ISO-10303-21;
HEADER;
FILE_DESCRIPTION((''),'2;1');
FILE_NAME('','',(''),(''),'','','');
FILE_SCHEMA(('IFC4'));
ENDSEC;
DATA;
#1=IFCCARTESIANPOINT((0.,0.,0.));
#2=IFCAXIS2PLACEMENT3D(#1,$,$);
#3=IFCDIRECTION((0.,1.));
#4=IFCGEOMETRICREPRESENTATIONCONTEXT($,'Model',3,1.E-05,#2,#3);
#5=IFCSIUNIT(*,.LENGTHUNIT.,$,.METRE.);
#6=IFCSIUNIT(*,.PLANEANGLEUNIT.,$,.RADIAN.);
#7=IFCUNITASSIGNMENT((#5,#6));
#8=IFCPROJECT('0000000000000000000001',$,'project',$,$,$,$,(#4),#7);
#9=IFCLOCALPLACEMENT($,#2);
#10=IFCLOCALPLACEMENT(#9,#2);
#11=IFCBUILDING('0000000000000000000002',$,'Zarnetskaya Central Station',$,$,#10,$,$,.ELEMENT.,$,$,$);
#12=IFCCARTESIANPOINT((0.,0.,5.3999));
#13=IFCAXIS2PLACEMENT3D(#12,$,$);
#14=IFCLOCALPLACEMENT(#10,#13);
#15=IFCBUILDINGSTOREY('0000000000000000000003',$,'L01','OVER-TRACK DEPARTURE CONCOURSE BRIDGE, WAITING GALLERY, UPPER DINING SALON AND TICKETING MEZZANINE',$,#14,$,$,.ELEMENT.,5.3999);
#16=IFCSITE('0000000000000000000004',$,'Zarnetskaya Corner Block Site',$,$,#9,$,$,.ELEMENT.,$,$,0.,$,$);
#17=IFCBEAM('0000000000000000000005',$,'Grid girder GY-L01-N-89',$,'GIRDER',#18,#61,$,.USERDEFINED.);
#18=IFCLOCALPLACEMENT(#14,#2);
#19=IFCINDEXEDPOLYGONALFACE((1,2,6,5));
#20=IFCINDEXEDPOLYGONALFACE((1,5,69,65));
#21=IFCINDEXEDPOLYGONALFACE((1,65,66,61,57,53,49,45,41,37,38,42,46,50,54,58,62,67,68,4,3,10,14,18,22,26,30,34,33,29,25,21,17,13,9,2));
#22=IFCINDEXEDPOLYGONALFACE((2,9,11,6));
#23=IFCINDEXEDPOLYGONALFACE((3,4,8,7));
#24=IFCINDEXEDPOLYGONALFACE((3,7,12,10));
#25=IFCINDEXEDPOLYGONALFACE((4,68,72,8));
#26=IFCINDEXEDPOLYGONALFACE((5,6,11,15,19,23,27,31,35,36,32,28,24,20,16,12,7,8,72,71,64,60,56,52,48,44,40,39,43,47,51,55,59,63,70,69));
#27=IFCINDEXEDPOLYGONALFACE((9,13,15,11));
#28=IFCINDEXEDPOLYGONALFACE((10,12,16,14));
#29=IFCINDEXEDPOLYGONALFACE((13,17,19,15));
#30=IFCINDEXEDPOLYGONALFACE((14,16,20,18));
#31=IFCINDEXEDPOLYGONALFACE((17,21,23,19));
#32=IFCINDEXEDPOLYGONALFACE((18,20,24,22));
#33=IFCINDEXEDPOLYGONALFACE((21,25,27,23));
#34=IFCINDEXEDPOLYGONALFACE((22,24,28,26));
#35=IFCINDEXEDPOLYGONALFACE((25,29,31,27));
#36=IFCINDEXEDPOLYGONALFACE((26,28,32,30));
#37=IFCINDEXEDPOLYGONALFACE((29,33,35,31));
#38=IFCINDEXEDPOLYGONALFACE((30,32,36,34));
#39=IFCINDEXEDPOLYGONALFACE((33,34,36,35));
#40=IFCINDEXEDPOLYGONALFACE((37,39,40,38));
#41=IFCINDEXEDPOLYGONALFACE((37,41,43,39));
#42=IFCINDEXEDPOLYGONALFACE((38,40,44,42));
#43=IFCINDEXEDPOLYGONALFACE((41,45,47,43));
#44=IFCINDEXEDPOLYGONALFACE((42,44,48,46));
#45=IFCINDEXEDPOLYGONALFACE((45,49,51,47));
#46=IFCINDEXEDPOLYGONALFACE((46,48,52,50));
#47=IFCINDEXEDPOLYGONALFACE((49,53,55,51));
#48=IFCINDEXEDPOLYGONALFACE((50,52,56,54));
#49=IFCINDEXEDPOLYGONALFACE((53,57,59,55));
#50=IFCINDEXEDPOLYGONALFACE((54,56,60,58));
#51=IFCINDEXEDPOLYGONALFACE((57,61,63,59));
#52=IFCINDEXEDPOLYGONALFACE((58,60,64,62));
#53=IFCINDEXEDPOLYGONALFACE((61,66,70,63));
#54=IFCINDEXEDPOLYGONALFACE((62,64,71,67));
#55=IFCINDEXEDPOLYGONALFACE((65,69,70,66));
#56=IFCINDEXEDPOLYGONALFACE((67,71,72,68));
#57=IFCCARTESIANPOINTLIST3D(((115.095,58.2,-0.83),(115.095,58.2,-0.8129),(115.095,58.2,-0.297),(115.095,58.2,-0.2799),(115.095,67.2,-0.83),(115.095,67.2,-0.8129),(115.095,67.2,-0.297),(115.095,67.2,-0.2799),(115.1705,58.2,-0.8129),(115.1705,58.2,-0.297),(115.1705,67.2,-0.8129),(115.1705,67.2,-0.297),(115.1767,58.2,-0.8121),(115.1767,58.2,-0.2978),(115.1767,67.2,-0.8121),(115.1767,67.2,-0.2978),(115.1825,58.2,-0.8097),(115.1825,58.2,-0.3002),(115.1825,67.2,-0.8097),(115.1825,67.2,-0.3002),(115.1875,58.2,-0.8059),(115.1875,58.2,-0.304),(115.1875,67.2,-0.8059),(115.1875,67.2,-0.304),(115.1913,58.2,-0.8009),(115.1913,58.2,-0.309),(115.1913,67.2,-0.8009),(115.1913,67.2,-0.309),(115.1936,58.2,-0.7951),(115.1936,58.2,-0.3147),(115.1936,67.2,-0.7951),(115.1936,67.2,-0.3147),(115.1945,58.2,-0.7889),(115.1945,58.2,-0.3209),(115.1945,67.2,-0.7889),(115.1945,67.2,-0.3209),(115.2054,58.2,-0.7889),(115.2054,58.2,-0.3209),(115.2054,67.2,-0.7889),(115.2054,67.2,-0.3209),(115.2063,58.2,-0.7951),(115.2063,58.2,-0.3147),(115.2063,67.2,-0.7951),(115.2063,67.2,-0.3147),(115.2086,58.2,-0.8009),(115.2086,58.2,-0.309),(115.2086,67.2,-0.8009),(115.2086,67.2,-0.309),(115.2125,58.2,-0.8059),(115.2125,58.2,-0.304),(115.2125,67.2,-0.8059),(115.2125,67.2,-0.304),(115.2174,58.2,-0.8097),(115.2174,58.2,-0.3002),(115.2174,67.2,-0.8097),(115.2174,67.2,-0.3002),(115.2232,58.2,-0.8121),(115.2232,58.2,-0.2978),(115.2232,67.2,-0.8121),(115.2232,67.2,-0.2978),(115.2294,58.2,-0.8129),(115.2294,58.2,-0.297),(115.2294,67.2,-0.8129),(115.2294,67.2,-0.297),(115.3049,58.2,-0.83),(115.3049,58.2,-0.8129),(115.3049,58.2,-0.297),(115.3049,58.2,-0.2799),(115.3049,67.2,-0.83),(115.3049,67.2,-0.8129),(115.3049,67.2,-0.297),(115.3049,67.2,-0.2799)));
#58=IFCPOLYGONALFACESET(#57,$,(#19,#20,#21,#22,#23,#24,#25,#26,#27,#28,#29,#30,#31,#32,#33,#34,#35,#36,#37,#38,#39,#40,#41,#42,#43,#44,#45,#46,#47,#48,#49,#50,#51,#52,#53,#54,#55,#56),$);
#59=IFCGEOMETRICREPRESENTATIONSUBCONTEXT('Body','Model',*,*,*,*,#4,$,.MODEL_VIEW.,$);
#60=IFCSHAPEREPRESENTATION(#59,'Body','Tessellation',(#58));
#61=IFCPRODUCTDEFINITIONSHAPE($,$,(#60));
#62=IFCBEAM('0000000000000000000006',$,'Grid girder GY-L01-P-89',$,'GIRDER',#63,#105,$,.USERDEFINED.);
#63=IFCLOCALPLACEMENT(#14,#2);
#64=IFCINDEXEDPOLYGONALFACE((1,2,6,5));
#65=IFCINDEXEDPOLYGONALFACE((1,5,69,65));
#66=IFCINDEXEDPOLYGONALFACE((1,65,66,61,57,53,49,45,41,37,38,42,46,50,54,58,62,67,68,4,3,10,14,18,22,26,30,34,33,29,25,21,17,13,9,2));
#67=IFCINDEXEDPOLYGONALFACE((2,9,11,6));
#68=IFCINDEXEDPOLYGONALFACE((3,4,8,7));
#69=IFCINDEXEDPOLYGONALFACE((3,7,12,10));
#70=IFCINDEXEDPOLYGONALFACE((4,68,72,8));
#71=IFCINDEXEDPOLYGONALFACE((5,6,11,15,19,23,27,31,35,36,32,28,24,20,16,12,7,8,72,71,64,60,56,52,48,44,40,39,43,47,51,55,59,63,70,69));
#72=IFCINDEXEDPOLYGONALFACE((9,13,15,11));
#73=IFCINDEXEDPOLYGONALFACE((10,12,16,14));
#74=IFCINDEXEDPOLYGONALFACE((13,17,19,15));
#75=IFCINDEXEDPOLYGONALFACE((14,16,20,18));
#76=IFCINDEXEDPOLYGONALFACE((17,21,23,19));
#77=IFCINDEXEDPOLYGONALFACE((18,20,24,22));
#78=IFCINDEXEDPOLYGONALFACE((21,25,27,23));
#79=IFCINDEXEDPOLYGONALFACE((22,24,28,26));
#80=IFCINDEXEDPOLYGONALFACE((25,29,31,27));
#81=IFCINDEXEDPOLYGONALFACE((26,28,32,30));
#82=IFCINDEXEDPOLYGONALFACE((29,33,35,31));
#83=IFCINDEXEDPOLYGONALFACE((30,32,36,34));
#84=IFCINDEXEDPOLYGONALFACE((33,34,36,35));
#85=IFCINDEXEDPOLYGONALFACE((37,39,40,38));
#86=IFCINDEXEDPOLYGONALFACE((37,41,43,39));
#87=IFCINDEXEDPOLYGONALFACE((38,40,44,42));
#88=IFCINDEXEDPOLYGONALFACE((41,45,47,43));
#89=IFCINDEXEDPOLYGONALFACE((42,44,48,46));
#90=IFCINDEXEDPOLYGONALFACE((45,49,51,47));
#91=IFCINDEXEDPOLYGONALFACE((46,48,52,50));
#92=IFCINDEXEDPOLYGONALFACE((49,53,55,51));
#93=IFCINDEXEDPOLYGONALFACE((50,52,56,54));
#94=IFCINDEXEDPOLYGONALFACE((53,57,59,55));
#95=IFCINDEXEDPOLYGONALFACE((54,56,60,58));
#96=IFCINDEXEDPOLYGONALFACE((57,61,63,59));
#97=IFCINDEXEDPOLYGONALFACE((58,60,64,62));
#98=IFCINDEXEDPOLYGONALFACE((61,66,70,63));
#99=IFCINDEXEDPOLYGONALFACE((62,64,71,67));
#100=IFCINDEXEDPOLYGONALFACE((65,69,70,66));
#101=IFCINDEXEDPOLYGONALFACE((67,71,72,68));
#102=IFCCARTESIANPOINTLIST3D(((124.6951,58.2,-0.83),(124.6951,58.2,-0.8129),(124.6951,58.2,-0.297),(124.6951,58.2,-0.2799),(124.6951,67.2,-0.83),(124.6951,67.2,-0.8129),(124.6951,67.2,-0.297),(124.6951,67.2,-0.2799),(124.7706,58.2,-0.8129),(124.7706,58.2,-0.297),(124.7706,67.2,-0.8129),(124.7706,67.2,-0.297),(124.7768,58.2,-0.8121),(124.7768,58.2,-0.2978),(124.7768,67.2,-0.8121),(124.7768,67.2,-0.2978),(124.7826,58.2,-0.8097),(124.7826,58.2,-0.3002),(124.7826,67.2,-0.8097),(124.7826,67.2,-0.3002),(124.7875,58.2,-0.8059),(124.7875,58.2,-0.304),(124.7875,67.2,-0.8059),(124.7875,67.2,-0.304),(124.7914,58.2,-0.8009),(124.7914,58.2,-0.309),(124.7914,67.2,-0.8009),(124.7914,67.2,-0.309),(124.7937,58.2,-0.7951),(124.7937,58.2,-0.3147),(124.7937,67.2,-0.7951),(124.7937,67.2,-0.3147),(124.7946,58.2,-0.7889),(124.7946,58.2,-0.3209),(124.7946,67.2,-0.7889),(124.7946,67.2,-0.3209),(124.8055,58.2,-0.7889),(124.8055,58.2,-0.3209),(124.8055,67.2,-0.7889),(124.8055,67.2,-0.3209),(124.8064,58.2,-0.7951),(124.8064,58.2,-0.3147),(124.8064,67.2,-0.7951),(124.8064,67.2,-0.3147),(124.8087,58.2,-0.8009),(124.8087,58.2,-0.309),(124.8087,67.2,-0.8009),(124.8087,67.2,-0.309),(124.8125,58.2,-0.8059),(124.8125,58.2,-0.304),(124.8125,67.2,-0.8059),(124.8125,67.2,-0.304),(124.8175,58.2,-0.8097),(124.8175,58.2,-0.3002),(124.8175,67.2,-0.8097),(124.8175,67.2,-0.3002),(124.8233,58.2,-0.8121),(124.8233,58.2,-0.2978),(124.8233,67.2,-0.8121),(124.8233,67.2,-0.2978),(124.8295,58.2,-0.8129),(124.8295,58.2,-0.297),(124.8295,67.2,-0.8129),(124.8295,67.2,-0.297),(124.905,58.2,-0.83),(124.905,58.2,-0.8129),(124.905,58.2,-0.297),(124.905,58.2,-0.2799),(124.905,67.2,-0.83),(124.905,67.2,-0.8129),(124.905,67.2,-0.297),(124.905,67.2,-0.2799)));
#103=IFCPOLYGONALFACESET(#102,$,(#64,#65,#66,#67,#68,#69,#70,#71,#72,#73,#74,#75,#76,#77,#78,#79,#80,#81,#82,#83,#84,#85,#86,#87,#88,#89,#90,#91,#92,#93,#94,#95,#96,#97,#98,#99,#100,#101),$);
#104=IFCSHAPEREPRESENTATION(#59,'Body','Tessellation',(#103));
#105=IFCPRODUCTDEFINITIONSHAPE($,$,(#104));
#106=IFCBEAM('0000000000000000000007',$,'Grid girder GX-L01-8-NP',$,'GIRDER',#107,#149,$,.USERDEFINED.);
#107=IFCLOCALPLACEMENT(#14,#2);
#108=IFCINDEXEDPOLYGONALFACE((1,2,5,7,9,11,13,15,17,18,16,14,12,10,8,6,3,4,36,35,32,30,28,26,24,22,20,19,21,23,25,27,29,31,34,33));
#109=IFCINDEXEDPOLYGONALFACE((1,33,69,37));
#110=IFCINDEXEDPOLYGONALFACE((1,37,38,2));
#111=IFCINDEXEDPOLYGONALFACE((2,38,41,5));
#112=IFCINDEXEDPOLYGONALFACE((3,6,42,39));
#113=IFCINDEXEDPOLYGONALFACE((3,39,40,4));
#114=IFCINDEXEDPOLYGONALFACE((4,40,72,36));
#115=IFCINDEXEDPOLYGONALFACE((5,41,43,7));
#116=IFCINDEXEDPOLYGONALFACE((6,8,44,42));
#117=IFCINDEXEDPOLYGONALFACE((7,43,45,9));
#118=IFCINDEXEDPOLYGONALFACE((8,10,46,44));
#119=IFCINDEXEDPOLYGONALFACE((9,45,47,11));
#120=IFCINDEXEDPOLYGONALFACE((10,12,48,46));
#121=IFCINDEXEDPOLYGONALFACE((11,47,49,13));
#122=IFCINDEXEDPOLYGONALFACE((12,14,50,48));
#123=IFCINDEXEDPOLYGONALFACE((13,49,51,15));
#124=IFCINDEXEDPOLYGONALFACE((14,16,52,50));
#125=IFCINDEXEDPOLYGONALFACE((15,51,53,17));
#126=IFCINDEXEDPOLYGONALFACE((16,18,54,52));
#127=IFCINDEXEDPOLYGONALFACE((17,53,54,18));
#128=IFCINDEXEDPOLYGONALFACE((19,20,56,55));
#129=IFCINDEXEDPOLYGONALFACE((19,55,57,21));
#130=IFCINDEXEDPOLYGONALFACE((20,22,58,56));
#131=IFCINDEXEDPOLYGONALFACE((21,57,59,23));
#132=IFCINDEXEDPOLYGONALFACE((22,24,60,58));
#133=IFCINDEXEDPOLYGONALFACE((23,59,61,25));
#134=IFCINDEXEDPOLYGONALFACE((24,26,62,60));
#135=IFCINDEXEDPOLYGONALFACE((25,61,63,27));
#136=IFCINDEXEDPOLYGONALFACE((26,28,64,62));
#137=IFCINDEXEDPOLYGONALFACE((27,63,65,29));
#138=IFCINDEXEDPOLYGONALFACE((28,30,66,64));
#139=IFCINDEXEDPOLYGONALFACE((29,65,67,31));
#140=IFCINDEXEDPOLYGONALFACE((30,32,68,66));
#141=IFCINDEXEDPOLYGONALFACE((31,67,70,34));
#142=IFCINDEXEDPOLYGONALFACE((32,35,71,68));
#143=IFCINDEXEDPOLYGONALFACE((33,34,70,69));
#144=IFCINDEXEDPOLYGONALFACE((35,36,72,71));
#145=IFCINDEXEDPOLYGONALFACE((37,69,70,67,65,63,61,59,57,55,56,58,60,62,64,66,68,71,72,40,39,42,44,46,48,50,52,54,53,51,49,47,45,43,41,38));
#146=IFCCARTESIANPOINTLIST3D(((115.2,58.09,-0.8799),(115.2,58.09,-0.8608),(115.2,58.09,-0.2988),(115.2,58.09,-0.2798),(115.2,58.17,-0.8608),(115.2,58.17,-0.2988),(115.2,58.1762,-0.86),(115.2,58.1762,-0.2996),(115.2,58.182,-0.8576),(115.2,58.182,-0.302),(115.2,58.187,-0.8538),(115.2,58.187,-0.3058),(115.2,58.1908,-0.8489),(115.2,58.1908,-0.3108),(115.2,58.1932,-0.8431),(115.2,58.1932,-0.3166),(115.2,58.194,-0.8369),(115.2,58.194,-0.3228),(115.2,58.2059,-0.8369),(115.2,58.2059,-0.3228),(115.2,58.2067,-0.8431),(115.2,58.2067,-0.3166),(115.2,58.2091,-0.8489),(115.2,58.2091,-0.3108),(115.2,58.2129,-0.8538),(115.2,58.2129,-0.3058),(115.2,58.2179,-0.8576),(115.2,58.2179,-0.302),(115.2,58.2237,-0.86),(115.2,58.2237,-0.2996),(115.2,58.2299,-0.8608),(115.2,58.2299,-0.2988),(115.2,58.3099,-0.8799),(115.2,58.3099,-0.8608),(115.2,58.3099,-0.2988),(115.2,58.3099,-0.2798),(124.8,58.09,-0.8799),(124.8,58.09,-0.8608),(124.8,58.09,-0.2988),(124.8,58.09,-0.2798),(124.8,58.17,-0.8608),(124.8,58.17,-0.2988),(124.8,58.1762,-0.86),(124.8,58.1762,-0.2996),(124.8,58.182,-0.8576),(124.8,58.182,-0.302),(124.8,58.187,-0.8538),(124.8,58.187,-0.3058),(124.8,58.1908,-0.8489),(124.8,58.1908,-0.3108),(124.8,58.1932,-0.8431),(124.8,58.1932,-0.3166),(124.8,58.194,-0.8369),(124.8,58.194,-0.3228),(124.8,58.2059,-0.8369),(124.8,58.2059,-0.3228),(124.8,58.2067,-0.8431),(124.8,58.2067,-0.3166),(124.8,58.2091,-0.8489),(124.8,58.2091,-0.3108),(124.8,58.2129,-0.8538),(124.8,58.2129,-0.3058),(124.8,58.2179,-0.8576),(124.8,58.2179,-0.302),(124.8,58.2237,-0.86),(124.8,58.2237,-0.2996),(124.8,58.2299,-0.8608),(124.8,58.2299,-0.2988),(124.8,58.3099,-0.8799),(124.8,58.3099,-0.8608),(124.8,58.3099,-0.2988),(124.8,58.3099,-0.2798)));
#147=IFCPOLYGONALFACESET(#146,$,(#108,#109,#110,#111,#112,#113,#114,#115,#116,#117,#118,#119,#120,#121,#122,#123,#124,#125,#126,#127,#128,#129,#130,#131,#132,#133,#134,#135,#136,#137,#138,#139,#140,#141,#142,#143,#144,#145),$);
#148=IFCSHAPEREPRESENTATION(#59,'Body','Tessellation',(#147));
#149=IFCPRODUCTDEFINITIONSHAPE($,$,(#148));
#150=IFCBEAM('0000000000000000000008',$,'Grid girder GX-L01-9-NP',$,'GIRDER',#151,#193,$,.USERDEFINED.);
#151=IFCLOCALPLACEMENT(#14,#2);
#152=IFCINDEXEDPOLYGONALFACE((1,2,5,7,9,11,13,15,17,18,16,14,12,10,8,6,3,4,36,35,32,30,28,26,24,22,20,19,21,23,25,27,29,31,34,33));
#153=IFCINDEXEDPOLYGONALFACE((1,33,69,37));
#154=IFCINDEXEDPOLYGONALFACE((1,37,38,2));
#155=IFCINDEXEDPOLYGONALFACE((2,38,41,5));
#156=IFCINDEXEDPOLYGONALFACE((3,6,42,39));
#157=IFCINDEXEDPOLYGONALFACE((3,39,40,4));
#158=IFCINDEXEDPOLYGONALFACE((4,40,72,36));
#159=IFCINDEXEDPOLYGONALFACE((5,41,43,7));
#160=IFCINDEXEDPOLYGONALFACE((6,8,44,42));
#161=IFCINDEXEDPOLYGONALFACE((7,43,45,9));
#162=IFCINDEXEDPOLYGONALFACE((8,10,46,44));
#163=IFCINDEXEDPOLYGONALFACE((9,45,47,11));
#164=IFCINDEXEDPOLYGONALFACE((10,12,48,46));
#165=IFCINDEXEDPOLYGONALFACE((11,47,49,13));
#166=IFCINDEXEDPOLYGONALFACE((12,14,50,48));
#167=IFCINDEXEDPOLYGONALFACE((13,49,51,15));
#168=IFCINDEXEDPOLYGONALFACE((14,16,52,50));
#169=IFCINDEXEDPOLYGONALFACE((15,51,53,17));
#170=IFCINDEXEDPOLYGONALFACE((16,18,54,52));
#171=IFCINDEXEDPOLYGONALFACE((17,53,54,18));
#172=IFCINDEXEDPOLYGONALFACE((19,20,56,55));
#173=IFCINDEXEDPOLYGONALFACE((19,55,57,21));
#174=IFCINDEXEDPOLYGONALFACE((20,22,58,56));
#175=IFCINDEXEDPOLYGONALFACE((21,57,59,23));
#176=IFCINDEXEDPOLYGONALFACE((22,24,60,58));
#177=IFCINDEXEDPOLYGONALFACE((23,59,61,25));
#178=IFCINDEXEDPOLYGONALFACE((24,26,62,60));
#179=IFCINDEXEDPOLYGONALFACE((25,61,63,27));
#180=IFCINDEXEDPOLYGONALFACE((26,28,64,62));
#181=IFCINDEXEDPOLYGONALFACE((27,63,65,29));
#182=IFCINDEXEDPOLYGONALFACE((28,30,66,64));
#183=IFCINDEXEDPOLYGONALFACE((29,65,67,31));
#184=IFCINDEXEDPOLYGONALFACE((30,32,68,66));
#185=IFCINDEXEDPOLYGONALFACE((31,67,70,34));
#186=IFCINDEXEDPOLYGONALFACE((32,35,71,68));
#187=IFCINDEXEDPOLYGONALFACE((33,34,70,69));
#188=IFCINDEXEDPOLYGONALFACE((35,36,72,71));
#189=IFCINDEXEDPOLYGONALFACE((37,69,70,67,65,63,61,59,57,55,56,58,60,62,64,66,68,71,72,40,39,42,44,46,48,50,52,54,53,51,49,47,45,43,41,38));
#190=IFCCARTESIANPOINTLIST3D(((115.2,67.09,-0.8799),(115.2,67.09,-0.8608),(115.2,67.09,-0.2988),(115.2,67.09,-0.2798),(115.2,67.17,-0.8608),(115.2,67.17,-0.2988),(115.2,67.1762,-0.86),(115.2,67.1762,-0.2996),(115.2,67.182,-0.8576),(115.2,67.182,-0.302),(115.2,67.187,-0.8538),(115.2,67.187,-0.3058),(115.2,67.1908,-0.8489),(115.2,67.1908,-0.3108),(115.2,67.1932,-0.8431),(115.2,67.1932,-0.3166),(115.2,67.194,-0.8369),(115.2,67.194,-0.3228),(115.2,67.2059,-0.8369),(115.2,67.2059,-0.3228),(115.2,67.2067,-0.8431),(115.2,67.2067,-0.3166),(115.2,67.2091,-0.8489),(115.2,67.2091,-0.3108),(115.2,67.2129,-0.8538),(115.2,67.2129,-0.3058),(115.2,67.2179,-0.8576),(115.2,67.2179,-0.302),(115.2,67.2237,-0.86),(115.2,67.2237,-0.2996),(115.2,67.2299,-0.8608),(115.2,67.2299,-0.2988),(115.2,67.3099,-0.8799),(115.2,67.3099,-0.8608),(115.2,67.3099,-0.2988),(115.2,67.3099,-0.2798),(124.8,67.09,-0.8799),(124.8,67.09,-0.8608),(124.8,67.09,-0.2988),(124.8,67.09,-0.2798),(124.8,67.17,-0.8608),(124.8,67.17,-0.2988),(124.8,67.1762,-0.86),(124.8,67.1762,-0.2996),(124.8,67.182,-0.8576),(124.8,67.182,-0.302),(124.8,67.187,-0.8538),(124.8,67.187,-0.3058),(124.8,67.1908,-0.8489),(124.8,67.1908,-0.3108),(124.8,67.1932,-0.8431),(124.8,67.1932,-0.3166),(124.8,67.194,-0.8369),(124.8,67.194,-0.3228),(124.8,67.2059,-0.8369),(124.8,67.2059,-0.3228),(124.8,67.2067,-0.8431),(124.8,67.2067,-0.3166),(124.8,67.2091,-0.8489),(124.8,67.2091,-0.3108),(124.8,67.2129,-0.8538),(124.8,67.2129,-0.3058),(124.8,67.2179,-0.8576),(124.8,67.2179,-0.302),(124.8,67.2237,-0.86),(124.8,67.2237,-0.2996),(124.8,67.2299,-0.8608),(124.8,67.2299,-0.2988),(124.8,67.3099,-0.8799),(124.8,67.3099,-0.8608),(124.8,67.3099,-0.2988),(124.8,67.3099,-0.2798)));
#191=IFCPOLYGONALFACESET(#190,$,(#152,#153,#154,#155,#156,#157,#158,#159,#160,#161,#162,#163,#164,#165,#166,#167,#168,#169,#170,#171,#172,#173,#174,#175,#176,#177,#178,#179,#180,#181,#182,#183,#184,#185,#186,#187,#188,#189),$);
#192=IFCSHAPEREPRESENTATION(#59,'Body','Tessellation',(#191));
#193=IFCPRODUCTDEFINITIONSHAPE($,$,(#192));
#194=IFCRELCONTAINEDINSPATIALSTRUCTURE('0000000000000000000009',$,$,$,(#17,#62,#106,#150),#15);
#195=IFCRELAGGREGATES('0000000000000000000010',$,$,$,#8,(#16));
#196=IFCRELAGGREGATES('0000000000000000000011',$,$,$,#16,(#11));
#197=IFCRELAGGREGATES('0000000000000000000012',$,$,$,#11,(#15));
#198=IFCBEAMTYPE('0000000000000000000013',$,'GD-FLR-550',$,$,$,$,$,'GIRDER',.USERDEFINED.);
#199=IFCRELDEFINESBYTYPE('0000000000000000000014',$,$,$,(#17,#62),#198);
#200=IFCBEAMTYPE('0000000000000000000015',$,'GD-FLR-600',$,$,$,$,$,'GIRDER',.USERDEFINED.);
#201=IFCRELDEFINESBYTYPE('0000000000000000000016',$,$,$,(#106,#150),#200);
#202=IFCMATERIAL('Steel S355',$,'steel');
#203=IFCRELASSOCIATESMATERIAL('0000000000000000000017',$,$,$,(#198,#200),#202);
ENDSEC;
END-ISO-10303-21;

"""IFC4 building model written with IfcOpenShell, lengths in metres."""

from ifc_helpers import new_model, si_unit, direction, frame, origin, origin_2d, place, context, subcontext, project, spatial, i_section, extrude, material, material_profile, profile_set, type_object, element, save


model = new_model("IFC4")

# Units and contexts
model_context = context("Model", 3, precision=1e-05, world=origin(), true_north=direction((0.0, 1.0)))
body_context = subcontext(model_context, "Body", "Model", "MODEL_VIEW")
ifc_project = project(units=[si_unit("LENGTHUNIT", "METRE"), si_unit("PLANEANGLEUNIT", "RADIAN")], contexts=[model_context])

# Site, building, storey
site_placement = place(None, origin())
site = spatial("IfcSite", under=ifc_project, at=site_placement, Name="Zarnetskaya Corner Block Site", CompositionType="ELEMENT", RefElevation=0.0)
building_placement = place(site_placement, origin())
building = spatial("IfcBuilding", under=site, at=building_placement, Name="Zarnetskaya Central Station", CompositionType="ELEMENT")
storey_placement = place(building_placement, frame((0.0, 0.0, 5.3999)))
storey = spatial("IfcBuildingStorey", under=building, at=storey_placement, Name="L01", Description="OVER-TRACK DEPARTURE CONCOURSE BRIDGE, WAITING GALLERY, UPPER DINING SALON AND TICKETING MEZZANINE", CompositionType="ELEMENT", Elevation=5.3999)

# Shared definitions
ifc_material_1 = material(Name="Steel S355", Category="steel")

# Beams
ifc_material_profile_1 = material_profile(ifc_material_1, i_section(OverallWidth=0.21, OverallDepth=0.55, WebThickness=0.011, FlangeThickness=0.0171, FilletRadius=0.0239, at=origin_2d()), Name="IPE 550")
ifc_profile_set_1 = profile_set([ifc_material_profile_1], Name="Steel S355")
beam_type_1 = type_object("IfcBeamType", Name="GD-FLR-550", ElementType="GIRDER", PredefinedType="USERDEFINED", material=ifc_profile_set_1)
for number, where, z_axis, x_axis, name in (
    (1, (115.2, 58.2, -0.5549), (0.0, 1.0, 0.0), (-1.0, 0.0, 0.0), "Grid girder GY-L01-N-89"),
    (2, (124.8, 58.2, -0.5549), (0.0, 1.0, 0.0), (-1.0, 0.0, 0.0), "Grid girder GY-L01-P-89"),
):
    element("IfcBeam", number, at=place(storey_placement, frame(where, z_axis=z_axis, x_axis=x_axis)), inside=storey, type_object=beam_type_1, Name=name, ObjectType="GIRDER", PredefinedType="USERDEFINED", context=body_context, shape_type="SweptSolid", body=[
        extrude(i_section(OverallWidth=0.21, OverallDepth=0.55, WebThickness=0.011, FlangeThickness=0.0171, FilletRadius=0.0239, at=origin_2d()), origin(), (0.0, 0.0, 1.0), 9.0),
    ])
ifc_material_profile_2 = material_profile(ifc_material_1, i_section(OverallWidth=0.22, OverallDepth=0.6001, WebThickness=0.012, FlangeThickness=0.019, FilletRadius=0.0239, at=origin_2d()), Name="IPE 600")
ifc_profile_set_2 = profile_set([ifc_material_profile_2], Name="Steel S355")
beam_type_2 = type_object("IfcBeamType", Name="GD-FLR-600", ElementType="GIRDER", PredefinedType="USERDEFINED", material=ifc_profile_set_2)
for number, where, z_axis, x_axis, name in (
    (3, (115.2, 58.2, -0.5798), (1.0, 0.0, 0.0), (0.0, 1.0, 0.0), "Grid girder GX-L01-8-NP"),
    (4, (115.2, 67.2, -0.5798), (1.0, 0.0, 0.0), (0.0, 1.0, 0.0), "Grid girder GX-L01-9-NP"),
):
    element("IfcBeam", number, at=place(storey_placement, frame(where, z_axis=z_axis, x_axis=x_axis)), inside=storey, type_object=beam_type_2, Name=name, ObjectType="GIRDER", PredefinedType="USERDEFINED", context=body_context, shape_type="SweptSolid", body=[
        extrude(i_section(OverallWidth=0.22, OverallDepth=0.6001, WebThickness=0.012, FlangeThickness=0.019, FilletRadius=0.0239, at=origin_2d()), origin(), (0.0, 0.0, 1.0), 9.6001),
    ])

save(model, "model.ifc")
